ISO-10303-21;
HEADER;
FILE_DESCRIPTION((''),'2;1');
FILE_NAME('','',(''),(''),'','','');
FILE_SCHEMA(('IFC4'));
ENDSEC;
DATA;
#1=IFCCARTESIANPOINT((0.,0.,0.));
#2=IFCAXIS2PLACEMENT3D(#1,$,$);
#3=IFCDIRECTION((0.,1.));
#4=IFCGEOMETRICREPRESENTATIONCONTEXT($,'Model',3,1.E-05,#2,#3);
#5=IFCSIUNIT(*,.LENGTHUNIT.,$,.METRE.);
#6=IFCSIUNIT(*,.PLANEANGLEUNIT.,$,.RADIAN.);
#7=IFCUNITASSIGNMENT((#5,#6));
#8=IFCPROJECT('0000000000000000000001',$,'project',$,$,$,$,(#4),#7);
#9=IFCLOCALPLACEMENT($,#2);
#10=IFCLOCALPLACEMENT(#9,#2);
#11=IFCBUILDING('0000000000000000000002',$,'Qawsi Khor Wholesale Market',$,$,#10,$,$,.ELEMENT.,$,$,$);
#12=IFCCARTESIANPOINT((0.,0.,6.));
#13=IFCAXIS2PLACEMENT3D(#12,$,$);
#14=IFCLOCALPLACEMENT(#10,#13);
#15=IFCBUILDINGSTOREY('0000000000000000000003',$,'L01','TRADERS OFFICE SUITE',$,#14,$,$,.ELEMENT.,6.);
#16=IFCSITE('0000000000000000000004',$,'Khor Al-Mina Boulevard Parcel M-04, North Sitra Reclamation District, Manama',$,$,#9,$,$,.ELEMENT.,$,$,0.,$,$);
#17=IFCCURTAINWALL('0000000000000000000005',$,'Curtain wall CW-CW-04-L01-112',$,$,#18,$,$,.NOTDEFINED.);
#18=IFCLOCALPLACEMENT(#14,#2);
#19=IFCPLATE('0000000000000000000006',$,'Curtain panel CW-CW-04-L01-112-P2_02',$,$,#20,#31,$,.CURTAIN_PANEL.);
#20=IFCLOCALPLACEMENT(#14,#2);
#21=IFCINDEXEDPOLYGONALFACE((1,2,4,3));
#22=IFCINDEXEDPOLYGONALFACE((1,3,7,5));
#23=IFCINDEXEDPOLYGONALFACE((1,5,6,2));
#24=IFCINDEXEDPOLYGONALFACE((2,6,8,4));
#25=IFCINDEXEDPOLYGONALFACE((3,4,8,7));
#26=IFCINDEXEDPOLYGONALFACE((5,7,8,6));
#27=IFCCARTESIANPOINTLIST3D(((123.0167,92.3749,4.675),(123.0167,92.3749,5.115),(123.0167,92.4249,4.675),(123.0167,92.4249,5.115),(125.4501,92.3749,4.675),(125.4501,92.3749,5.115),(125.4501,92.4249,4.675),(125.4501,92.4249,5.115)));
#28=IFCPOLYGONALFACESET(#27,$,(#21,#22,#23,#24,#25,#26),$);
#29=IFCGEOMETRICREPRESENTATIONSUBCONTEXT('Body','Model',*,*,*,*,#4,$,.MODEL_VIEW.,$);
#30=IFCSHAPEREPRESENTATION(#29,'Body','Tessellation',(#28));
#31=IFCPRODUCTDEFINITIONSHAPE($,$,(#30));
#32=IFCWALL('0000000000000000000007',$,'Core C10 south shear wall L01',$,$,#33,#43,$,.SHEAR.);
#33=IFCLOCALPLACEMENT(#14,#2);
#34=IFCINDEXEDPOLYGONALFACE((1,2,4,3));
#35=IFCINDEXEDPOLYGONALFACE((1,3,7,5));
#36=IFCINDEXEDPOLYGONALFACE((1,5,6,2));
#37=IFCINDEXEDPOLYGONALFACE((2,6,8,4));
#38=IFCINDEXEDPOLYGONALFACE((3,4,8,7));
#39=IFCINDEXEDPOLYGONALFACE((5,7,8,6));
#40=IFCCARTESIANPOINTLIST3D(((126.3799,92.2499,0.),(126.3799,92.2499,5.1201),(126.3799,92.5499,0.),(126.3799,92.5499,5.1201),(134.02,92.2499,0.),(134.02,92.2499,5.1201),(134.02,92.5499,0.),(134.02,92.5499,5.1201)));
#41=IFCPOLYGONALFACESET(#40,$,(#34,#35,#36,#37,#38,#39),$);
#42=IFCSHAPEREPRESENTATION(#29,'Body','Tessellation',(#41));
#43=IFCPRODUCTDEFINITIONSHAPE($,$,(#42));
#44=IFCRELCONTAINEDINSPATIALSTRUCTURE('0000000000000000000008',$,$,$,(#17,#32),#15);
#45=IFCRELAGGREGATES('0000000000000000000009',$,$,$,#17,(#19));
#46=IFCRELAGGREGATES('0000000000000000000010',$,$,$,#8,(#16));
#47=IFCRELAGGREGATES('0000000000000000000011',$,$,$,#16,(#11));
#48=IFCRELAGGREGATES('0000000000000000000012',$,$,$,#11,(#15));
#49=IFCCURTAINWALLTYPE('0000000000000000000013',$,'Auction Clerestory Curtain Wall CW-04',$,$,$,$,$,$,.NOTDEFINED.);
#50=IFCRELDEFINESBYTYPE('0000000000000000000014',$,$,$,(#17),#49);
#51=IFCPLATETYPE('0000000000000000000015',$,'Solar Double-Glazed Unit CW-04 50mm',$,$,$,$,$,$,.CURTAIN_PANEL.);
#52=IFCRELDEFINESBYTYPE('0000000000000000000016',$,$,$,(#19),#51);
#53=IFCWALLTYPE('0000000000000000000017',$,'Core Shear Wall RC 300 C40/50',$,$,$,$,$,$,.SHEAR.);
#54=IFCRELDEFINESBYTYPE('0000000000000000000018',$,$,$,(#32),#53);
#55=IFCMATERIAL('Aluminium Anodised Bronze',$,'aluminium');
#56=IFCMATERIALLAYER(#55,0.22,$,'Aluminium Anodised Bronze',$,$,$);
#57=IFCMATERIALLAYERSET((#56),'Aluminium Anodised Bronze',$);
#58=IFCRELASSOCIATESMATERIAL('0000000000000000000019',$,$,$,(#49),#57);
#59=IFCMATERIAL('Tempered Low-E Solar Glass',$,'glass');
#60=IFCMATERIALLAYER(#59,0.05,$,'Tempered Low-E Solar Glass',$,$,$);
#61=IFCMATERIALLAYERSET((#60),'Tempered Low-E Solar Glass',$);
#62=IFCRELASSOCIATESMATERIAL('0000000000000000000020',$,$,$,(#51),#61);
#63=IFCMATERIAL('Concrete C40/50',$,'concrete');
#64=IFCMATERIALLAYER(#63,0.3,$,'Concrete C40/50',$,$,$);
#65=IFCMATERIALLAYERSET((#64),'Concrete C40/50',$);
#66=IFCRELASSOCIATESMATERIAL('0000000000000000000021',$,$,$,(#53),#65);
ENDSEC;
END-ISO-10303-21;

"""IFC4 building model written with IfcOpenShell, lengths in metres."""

from ifc_helpers import new_model, si_unit, direction, frame, frame_2d, origin, place, context, subcontext, project, spatial, rectangle, extrude, material, layer, layer_set, type_object, element, aggregate, save


model = new_model("IFC4")

# Units and contexts
model_context = context("Model", 3, precision=1e-05, world=origin(), true_north=direction((0.0, 1.0)))
body_context = subcontext(model_context, "Body", "Model", "MODEL_VIEW")
ifc_project = project(units=[si_unit("LENGTHUNIT", "METRE"), si_unit("PLANEANGLEUNIT", "RADIAN")], contexts=[model_context])

# Site, building, storey
site_placement = place(None, origin())
site = spatial("IfcSite", under=ifc_project, at=site_placement, Name="Khor Al-Mina Boulevard Parcel M-04, North Sitra Reclamation District, Manama", CompositionType="ELEMENT", RefElevation=0.0)
building_placement = place(site_placement, origin())
building = spatial("IfcBuilding", under=site, at=building_placement, Name="Qawsi Khor Wholesale Market", CompositionType="ELEMENT")
storey_placement = place(building_placement, frame((0.0, 0.0, 6.0)))
storey = spatial("IfcBuildingStorey", under=building, at=storey_placement, Name="L01", Description="TRADERS OFFICE SUITE", CompositionType="ELEMENT", Elevation=6.0)

# Shared definitions
ifc_material_1 = material(Name="Concrete C40/50", Category="concrete")

# Curtain wall
ifc_material_2 = material(Name="Aluminium Anodised Bronze", Category="aluminium")
ifc_layer_1 = layer(ifc_material_2, 0.22, Name="Aluminium Anodised Bronze")
ifc_layer_set_1 = layer_set([ifc_layer_1], Name="Aluminium Anodised Bronze")
curtain_wall_type = type_object("IfcCurtainWallType", Name="Auction Clerestory Curtain Wall CW-04", PredefinedType="NOTDEFINED", material=ifc_layer_set_1)
curtain_wall_1_placement = place(storey_placement, origin())
curtain_wall_1 = element("IfcCurtainWall", 1, at=curtain_wall_1_placement, inside=storey, type_object=curtain_wall_type, Name="Curtain wall CW-CW-04-L01-112", PredefinedType="NOTDEFINED")

# Plate
ifc_material_3 = material(Name="Tempered Low-E Solar Glass", Category="glass")
ifc_layer_2 = layer(ifc_material_3, 0.05, Name="Tempered Low-E Solar Glass")
ifc_layer_set_2 = layer_set([ifc_layer_2], Name="Tempered Low-E Solar Glass")
plate_type_1 = type_object("IfcPlateType", Name="Solar Double-Glazed Unit CW-04 50mm", PredefinedType="CURTAIN_PANEL", material=ifc_layer_set_2)
plate_1_placement = place(storey_placement, frame((123.0166, 92.3999, 4.675), z_axis=(0.0, 0.0, 1.0), x_axis=(1.0, 0.0, 0.0)))
plate_1 = element("IfcPlate", 2, at=plate_1_placement, type_object=plate_type_1, Name="Curtain panel CW-CW-04-L01-112-P2_02", PredefinedType="CURTAIN_PANEL", context=body_context, shape_type="SweptSolid", body=[
    extrude(rectangle(XDim=2.4333, YDim=0.05, at=frame_2d((1.2168, 0.0))), origin(), (0.0, 0.0, 1.0), 0.4399),
])
aggregate(curtain_wall_1, [plate_1])

# Wall
ifc_layer_3 = layer(ifc_material_1, 0.3, Name="Concrete C40/50")
ifc_layer_set_3 = layer_set([ifc_layer_3], Name="Concrete C40/50")
wall_type = type_object("IfcWallType", Name="Core Shear Wall RC 300 C40/50", PredefinedType="SHEAR", material=ifc_layer_set_3)
wall_placement = place(storey_placement, frame((134.02, 92.3999, 0.0), z_axis=(0.0, 0.0, 1.0), x_axis=(-1.0, 0.0, 0.0)))
element("IfcWall", 3, at=wall_placement, inside=storey, type_object=wall_type, Name="Core C10 south shear wall L01", PredefinedType="SHEAR", context=body_context, shape_type="SweptSolid", body=[
    extrude(rectangle(XDim=7.6401, YDim=0.3, at=frame_2d((3.8201, 0.0))), origin(), (0.0, 0.0, 1.0), 5.1201),
])

save(model, "model.ifc")
